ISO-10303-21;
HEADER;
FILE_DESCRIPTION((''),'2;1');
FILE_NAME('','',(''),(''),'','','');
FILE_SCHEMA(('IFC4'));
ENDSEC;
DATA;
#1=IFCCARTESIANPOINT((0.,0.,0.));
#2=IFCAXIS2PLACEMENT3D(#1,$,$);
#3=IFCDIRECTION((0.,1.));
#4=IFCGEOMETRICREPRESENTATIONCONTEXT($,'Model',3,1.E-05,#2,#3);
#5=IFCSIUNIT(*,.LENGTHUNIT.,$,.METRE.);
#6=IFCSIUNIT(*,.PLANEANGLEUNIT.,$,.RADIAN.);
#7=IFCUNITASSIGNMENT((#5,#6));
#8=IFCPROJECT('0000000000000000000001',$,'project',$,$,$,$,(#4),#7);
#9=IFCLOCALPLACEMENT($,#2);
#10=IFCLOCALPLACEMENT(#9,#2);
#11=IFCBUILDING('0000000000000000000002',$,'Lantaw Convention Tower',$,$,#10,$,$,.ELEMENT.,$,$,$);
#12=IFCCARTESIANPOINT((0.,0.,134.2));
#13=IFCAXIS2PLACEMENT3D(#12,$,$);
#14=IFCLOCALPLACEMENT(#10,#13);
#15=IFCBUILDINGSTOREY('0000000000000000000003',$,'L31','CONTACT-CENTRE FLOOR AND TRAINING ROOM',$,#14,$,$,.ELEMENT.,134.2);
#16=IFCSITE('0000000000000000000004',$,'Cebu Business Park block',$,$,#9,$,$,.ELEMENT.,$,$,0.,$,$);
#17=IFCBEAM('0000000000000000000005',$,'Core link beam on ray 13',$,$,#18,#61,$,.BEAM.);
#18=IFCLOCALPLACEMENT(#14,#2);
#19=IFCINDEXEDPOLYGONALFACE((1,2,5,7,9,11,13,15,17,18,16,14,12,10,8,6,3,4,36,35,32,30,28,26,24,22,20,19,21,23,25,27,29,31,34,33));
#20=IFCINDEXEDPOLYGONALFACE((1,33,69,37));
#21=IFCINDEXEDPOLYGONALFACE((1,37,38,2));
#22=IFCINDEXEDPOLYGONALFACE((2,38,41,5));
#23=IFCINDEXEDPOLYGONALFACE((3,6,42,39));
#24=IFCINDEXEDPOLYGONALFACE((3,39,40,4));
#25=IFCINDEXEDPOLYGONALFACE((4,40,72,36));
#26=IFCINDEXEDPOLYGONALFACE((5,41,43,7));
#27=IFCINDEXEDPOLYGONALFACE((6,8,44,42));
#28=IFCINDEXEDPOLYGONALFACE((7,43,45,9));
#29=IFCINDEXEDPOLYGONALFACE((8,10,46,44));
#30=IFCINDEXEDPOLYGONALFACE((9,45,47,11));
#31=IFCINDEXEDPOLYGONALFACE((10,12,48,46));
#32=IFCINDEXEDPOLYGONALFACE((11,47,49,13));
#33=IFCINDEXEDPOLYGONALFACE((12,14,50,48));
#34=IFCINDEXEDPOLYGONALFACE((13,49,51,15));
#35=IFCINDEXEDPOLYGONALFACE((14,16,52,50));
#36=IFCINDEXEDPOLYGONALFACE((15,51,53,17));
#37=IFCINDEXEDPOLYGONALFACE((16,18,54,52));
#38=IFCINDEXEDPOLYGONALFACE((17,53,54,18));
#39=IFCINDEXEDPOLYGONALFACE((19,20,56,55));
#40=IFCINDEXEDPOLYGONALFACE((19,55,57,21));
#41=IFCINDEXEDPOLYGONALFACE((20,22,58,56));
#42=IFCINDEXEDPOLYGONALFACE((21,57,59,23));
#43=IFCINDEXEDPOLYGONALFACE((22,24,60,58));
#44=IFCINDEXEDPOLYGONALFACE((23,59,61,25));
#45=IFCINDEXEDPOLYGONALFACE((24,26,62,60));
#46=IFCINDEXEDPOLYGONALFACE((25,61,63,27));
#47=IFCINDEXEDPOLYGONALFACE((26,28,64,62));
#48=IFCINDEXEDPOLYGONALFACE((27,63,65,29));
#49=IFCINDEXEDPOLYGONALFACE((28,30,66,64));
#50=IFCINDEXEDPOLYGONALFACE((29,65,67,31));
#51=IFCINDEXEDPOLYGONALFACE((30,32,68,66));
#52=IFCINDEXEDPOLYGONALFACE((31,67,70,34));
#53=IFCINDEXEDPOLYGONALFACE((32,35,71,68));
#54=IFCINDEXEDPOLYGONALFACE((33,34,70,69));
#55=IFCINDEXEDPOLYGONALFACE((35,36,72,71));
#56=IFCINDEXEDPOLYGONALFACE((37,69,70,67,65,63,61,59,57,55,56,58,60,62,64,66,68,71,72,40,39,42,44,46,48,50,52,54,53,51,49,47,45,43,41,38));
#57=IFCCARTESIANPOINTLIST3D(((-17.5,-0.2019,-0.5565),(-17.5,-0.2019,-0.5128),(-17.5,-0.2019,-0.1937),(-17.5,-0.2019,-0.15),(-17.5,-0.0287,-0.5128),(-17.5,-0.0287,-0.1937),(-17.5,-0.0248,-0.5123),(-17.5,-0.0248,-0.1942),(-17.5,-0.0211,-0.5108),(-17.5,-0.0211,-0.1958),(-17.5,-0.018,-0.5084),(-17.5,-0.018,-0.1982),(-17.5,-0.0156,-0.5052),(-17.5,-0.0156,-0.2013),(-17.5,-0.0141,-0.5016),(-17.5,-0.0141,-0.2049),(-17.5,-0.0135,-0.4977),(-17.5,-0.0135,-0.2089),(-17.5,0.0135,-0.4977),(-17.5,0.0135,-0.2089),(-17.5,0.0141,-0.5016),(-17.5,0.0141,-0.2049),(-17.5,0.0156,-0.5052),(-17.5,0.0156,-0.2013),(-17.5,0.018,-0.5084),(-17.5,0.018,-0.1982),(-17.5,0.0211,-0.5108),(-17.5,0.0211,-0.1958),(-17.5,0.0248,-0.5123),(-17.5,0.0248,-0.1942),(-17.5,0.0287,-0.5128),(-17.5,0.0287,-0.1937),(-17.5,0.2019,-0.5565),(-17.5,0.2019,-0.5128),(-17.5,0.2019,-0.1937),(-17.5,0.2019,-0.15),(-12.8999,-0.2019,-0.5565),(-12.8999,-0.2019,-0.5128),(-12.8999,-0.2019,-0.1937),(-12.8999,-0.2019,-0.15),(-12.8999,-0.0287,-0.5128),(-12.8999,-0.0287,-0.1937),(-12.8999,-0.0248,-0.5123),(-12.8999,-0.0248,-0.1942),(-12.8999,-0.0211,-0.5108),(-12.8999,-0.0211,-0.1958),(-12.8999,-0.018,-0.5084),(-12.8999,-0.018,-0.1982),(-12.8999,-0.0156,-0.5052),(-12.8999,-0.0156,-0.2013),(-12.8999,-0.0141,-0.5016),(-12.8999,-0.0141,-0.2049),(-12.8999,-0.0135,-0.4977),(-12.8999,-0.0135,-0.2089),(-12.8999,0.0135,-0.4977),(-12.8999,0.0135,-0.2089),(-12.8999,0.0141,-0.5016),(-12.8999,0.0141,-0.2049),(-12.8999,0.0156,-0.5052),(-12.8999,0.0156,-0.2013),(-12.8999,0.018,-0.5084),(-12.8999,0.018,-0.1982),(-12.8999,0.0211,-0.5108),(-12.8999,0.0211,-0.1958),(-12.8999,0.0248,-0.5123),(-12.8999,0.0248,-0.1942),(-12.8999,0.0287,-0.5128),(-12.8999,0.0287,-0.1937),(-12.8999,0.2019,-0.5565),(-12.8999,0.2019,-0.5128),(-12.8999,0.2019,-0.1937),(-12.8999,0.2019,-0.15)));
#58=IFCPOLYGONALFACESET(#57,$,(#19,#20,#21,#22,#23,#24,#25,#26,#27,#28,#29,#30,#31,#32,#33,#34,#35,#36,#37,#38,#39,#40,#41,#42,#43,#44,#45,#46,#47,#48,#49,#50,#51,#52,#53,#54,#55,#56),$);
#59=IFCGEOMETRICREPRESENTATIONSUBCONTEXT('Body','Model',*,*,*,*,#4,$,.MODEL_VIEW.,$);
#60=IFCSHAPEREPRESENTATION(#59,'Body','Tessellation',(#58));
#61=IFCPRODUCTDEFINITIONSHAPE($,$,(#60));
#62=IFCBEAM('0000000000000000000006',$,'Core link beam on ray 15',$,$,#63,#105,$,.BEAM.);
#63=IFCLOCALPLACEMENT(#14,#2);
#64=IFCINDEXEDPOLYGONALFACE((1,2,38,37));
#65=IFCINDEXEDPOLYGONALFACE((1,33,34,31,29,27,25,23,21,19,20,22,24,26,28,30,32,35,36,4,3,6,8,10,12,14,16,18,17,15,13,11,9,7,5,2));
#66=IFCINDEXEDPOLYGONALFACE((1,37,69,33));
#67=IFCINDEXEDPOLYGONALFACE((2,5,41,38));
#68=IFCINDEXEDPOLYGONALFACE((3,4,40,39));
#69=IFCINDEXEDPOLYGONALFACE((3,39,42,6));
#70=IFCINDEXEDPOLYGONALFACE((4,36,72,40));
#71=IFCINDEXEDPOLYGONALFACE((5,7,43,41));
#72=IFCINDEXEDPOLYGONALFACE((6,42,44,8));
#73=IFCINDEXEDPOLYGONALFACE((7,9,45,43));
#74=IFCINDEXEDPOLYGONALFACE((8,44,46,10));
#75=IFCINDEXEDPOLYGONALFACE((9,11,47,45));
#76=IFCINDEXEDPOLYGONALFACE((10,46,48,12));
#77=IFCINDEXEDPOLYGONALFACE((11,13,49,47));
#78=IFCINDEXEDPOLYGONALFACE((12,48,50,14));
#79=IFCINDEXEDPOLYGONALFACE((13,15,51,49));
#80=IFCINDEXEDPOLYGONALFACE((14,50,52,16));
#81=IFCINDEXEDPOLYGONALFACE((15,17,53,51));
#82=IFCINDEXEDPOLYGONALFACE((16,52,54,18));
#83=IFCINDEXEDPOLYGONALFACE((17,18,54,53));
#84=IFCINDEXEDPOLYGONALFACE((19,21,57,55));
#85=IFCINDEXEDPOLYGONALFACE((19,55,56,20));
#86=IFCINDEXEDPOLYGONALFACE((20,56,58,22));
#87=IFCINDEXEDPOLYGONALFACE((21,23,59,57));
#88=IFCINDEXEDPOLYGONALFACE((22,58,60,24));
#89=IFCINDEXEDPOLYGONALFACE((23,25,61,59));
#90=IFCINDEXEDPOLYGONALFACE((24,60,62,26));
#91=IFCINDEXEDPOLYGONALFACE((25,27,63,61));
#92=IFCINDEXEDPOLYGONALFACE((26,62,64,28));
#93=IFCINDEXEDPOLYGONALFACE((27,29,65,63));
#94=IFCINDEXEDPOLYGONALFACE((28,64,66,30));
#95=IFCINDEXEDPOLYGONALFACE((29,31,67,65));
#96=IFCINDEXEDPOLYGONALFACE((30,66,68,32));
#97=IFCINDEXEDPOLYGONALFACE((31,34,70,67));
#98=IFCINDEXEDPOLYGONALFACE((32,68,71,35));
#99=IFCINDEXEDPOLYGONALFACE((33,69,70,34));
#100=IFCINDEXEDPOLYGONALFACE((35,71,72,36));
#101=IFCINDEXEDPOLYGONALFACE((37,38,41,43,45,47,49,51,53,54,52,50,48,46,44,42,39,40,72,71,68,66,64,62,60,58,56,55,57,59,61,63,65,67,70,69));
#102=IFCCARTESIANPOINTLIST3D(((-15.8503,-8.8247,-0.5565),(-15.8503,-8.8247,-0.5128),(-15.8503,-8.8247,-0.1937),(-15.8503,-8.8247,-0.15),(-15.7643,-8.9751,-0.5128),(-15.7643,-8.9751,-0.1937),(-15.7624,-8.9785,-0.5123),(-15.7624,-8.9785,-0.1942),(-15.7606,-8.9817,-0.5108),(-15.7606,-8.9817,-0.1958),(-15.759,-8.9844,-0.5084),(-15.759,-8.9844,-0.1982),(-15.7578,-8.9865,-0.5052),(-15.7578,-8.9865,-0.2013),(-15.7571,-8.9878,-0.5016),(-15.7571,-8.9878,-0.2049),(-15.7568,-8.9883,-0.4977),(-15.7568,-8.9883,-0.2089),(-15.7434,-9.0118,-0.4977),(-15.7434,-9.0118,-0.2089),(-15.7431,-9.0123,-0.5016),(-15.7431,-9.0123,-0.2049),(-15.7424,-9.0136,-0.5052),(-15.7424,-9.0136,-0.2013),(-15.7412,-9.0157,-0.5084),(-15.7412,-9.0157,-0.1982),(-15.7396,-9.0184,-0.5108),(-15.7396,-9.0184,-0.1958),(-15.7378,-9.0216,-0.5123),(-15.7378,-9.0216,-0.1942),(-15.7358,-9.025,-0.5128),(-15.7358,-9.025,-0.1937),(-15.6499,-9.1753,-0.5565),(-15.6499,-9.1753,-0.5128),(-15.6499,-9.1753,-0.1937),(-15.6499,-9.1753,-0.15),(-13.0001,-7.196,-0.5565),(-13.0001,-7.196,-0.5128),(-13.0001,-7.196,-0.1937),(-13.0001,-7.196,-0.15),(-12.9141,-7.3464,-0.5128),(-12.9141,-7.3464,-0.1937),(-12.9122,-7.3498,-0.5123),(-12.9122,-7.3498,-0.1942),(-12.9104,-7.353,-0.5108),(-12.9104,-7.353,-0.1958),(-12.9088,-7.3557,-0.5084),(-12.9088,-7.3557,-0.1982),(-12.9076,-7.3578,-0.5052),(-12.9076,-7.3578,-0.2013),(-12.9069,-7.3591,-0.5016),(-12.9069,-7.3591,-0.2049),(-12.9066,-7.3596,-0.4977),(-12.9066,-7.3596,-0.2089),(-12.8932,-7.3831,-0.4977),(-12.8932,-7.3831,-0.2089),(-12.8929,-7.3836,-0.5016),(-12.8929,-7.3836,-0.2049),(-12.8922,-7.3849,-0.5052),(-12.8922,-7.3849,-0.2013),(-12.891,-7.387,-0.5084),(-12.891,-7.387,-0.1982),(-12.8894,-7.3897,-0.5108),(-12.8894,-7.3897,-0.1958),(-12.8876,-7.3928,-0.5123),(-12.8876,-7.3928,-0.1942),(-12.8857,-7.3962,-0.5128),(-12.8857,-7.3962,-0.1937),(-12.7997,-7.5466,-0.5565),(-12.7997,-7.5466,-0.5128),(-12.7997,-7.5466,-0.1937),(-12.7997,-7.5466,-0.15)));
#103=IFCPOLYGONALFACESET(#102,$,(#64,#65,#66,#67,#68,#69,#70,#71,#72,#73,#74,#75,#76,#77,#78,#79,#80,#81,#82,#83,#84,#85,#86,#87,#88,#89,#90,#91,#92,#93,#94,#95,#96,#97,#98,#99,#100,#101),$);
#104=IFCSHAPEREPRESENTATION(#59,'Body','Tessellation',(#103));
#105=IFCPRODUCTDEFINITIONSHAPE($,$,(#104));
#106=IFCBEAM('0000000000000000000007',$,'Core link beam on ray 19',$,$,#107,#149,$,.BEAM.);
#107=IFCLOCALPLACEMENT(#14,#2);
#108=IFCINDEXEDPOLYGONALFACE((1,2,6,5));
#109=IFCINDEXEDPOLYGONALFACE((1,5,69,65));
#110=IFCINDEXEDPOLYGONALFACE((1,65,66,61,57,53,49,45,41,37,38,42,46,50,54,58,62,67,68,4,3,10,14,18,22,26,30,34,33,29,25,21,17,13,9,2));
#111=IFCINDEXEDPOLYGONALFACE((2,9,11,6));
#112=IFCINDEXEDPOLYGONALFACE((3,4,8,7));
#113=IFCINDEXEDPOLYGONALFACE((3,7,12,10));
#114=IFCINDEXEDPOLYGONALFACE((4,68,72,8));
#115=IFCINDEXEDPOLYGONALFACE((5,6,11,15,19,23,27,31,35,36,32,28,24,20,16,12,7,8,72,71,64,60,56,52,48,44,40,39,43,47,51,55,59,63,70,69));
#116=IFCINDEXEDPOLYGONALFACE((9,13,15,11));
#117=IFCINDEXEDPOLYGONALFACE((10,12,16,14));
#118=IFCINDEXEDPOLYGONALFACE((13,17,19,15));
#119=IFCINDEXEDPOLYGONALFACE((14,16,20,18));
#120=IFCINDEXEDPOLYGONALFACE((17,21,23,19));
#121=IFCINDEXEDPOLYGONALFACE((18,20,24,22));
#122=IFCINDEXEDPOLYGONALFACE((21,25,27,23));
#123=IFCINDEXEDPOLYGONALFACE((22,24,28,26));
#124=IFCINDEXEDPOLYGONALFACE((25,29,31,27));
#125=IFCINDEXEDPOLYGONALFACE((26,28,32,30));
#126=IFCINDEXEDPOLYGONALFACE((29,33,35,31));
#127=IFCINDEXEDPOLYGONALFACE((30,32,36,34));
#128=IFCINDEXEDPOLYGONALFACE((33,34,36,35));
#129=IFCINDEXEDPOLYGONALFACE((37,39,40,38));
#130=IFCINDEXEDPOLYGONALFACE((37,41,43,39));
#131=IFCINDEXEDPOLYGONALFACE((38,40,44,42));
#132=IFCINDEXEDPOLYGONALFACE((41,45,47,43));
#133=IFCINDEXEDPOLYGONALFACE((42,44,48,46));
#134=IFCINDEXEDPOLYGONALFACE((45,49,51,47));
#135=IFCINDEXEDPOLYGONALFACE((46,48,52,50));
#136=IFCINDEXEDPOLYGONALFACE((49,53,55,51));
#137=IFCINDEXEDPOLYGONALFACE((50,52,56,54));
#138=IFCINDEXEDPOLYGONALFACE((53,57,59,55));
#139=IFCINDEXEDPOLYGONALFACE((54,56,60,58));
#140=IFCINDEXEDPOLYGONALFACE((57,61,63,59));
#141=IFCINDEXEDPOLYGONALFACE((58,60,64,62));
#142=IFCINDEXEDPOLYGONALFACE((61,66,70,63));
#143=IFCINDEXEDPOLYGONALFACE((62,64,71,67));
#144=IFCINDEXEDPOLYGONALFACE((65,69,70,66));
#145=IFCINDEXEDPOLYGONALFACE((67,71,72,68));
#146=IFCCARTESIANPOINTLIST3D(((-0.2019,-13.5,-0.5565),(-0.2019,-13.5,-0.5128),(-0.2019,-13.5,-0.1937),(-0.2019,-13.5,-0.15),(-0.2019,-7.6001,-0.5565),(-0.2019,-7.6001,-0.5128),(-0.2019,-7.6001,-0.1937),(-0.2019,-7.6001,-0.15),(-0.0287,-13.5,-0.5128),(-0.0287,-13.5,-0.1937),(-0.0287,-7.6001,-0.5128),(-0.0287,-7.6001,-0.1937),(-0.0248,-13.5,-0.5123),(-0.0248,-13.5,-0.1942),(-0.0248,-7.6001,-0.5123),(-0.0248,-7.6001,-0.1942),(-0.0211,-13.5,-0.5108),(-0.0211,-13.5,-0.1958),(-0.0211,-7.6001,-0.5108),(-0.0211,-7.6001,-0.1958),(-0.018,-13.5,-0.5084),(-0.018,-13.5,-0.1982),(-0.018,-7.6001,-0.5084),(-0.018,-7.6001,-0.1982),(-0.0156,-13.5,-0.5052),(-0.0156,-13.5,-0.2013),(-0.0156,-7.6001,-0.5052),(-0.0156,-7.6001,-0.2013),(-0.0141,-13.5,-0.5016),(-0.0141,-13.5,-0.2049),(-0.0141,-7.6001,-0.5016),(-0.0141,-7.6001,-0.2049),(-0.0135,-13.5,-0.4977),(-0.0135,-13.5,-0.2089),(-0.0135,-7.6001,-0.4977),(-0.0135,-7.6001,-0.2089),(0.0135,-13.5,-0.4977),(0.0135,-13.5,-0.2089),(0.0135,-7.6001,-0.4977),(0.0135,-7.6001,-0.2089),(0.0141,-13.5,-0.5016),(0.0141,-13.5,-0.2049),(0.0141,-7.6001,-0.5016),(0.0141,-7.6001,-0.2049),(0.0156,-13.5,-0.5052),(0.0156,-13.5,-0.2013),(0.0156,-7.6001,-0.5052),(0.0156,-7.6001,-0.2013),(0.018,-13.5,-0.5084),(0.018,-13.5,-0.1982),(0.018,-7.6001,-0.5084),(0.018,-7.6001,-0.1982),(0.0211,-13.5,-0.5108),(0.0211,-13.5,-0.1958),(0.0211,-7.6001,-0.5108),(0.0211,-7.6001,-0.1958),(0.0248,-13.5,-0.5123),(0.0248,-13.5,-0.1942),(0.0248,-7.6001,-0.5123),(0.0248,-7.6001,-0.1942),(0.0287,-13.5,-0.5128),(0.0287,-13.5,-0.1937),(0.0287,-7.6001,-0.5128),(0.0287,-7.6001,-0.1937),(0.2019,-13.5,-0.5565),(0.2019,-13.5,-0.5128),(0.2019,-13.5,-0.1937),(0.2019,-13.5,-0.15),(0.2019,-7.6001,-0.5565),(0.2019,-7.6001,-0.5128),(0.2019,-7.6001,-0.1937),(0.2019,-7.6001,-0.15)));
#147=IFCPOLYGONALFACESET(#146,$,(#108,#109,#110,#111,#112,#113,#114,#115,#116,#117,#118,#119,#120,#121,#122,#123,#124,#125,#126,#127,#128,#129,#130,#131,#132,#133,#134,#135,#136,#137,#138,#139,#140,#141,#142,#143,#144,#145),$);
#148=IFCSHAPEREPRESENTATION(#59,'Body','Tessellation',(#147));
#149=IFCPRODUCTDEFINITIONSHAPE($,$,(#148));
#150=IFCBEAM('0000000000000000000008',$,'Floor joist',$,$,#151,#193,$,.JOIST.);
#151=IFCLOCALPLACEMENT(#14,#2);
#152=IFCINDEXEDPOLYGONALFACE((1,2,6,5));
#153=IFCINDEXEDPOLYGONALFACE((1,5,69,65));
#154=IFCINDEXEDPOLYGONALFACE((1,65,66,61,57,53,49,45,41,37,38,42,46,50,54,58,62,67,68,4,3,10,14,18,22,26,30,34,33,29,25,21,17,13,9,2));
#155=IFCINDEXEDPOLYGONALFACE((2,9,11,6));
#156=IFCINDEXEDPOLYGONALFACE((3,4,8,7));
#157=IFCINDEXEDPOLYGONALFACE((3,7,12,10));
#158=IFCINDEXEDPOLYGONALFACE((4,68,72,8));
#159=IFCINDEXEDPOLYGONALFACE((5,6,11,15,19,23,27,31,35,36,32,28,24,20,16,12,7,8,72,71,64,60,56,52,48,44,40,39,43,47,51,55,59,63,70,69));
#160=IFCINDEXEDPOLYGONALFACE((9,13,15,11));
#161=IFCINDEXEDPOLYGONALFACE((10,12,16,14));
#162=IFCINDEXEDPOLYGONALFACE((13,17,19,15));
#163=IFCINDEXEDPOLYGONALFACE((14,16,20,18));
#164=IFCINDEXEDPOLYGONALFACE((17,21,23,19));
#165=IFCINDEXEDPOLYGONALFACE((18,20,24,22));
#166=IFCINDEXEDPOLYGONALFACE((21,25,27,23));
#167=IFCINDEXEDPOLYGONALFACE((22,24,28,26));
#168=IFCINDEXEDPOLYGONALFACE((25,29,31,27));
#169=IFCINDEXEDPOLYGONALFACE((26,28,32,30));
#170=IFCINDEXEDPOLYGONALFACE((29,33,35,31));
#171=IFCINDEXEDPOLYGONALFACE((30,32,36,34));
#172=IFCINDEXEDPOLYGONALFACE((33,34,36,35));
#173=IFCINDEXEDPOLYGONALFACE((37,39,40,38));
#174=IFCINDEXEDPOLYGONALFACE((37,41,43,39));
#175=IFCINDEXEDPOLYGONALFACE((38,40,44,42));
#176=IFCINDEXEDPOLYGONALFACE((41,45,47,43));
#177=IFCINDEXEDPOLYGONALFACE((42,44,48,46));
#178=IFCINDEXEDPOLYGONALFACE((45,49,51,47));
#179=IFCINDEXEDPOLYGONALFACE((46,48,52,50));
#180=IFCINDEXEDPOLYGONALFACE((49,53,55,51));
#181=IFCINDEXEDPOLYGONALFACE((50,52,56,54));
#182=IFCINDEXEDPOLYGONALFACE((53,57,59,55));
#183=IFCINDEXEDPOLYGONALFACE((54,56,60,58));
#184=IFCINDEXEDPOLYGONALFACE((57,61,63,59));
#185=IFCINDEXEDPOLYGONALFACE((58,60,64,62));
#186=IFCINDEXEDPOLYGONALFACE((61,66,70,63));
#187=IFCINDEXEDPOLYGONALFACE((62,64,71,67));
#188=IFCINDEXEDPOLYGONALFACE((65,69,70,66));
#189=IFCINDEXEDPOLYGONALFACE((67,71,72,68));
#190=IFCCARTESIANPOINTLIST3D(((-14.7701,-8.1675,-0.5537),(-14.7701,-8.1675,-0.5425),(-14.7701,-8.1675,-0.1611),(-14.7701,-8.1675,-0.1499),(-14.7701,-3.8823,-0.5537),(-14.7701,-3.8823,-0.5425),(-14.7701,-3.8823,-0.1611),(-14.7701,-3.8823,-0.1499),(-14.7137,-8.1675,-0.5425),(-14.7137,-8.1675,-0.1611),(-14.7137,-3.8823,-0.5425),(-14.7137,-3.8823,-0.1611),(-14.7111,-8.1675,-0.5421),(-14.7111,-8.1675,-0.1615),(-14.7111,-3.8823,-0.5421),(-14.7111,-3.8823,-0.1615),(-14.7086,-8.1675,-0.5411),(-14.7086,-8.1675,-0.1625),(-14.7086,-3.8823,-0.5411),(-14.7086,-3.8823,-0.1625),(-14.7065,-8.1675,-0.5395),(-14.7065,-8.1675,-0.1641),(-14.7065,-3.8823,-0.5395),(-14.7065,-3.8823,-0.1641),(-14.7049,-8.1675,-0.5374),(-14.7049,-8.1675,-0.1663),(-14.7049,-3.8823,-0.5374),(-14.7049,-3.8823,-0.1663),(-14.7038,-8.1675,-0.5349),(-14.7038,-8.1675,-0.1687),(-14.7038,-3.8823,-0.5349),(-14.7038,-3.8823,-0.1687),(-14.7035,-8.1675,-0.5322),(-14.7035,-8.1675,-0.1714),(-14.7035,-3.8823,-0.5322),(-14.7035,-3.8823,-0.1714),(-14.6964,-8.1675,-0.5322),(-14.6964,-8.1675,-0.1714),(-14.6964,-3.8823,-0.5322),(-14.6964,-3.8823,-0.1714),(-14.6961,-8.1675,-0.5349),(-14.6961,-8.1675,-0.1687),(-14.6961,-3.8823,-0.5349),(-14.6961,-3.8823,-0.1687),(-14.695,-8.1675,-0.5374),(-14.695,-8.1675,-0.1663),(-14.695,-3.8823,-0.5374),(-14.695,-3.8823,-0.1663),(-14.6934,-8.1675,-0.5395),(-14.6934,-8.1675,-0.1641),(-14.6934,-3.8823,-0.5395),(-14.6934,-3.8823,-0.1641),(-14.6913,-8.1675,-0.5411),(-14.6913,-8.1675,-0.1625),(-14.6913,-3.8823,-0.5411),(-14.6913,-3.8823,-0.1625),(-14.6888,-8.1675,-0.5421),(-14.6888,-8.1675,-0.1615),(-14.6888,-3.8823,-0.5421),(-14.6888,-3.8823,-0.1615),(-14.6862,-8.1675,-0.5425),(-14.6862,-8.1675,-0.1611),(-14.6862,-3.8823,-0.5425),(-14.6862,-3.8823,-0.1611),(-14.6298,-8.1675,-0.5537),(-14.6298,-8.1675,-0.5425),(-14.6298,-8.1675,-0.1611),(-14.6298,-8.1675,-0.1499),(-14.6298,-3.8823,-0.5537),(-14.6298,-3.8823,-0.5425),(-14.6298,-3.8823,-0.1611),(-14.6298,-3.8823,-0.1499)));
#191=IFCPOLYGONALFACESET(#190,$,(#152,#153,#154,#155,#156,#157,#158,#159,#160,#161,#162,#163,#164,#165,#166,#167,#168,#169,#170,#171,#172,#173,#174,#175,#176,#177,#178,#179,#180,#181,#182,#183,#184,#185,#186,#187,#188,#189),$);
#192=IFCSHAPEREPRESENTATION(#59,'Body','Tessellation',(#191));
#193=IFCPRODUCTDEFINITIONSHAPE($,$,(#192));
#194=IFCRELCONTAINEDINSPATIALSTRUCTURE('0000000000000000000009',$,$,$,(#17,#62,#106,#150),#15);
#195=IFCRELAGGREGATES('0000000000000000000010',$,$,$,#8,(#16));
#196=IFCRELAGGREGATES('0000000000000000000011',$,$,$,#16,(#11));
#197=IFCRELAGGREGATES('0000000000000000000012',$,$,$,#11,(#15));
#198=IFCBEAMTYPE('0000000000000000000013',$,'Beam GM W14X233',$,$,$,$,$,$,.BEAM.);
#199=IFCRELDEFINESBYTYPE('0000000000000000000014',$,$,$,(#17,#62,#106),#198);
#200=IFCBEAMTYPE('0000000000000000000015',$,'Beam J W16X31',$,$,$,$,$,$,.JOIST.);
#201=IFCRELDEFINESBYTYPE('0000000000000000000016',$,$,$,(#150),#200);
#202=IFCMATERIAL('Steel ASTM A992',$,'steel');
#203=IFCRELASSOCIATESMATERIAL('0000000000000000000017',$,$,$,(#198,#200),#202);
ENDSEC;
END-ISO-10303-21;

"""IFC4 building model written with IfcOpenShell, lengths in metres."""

from ifc_helpers import new_model, si_unit, direction, frame, origin, origin_2d, place, context, subcontext, project, spatial, i_section, extrude, material, material_profile, profile_set, type_object, element, save


model = new_model("IFC4")

# Units and contexts
model_context = context("Model", 3, precision=1e-05, world=origin(), true_north=direction((0.0, 1.0)))
body_context = subcontext(model_context, "Body", "Model", "MODEL_VIEW")
ifc_project = project(units=[si_unit("LENGTHUNIT", "METRE"), si_unit("PLANEANGLEUNIT", "RADIAN")], contexts=[model_context])

# Site, building, storey
site_placement = place(None, origin())
site = spatial("IfcSite", under=ifc_project, at=site_placement, Name="Cebu Business Park block", CompositionType="ELEMENT", RefElevation=0.0)
building_placement = place(site_placement, origin())
building = spatial("IfcBuilding", under=site, at=building_placement, Name="Lantaw Convention Tower", CompositionType="ELEMENT")
storey_placement = place(building_placement, frame((0.0, 0.0, 134.2)))
storey = spatial("IfcBuildingStorey", under=building, at=storey_placement, Name="L31", Description="CONTACT-CENTRE FLOOR AND TRAINING ROOM", CompositionType="ELEMENT", Elevation=134.2)

# Beams
ifc_material_1 = material(Name="Steel ASTM A992", Category="steel")
ifc_material_profile_1 = material_profile(ifc_material_1, i_section(OverallWidth=0.4038, OverallDepth=0.4065, WebThickness=0.0271, FlangeThickness=0.0437, FilletRadius=0.0151, at=origin_2d()), Name="W14X233")
ifc_profile_set_1 = profile_set([ifc_material_profile_1], Name="Steel ASTM A992")
beam_type_1 = type_object("IfcBeamType", Name="Beam GM W14X233", PredefinedType="BEAM", material=ifc_profile_set_1)
beam_1_placement = place(storey_placement, frame((-12.8999, 0.0, -0.3533), z_axis=(-1.0, 0.0, 0.0), x_axis=(0.0, -1.0, 0.0)))
element("IfcBeam", 1, at=beam_1_placement, inside=storey, type_object=beam_type_1, Name="Core link beam on ray 13", PredefinedType="BEAM", context=body_context, shape_type="SweptSolid", body=[
    extrude(i_section(OverallWidth=0.4038, OverallDepth=0.4065, WebThickness=0.0271, FlangeThickness=0.0437, FilletRadius=0.0151, at=origin_2d()), origin(), (0.0, 0.0, 1.0), 4.6001),
])
beam_2_placement = place(storey_placement, frame((-12.8999, -7.3713, -0.3533), z_axis=(-0.868239, -0.496147, 0.0), x_axis=(0.496147, -0.868239, 0.0)))
element("IfcBeam", 2, at=beam_2_placement, inside=storey, type_object=beam_type_1, Name="Core link beam on ray 15", PredefinedType="BEAM", context=body_context, shape_type="SweptSolid", body=[
    extrude(i_section(OverallWidth=0.4038, OverallDepth=0.4065, WebThickness=0.0271, FlangeThickness=0.0437, FilletRadius=0.0151, at=origin_2d()), origin(), (0.0, 0.0, 1.0), 3.2827),
])
beam_3_placement = place(storey_placement, frame((0.0, -7.6001, -0.3533), z_axis=(0.0, -1.0, 0.0), x_axis=(1.0, 0.0, 0.0)))
element("IfcBeam", 3, at=beam_3_placement, inside=storey, type_object=beam_type_1, Name="Core link beam on ray 19", PredefinedType="BEAM", context=body_context, shape_type="SweptSolid", body=[
    extrude(i_section(OverallWidth=0.4038, OverallDepth=0.4065, WebThickness=0.0271, FlangeThickness=0.0437, FilletRadius=0.0151, at=origin_2d()), origin(), (0.0, 0.0, 1.0), 5.8999),
])
ifc_material_profile_2 = material_profile(ifc_material_1, i_section(OverallWidth=0.1404, OverallDepth=0.4038, WebThickness=0.0071, FlangeThickness=0.0112, FilletRadius=0.0103, at=origin_2d()), Name="W16X31")
ifc_profile_set_2 = profile_set([ifc_material_profile_2], Name="Steel ASTM A992")
beam_type_2 = type_object("IfcBeamType", Name="Beam J W16X31", PredefinedType="JOIST", material=ifc_profile_set_2)
beam_4_placement = place(storey_placement, frame((-14.7, -8.1675, -0.3518), z_axis=(0.0, 1.0, 0.0), x_axis=(-1.0, 0.0, 0.0)))
element("IfcBeam", 4, at=beam_4_placement, inside=storey, type_object=beam_type_2, Name="Floor joist", PredefinedType="JOIST", context=body_context, shape_type="SweptSolid", body=[
    extrude(i_section(OverallWidth=0.1404, OverallDepth=0.4038, WebThickness=0.0071, FlangeThickness=0.0112, FilletRadius=0.0103, at=origin_2d()), origin(), (0.0, 0.0, 1.0), 4.2852),
])

save(model, "model.ifc")
